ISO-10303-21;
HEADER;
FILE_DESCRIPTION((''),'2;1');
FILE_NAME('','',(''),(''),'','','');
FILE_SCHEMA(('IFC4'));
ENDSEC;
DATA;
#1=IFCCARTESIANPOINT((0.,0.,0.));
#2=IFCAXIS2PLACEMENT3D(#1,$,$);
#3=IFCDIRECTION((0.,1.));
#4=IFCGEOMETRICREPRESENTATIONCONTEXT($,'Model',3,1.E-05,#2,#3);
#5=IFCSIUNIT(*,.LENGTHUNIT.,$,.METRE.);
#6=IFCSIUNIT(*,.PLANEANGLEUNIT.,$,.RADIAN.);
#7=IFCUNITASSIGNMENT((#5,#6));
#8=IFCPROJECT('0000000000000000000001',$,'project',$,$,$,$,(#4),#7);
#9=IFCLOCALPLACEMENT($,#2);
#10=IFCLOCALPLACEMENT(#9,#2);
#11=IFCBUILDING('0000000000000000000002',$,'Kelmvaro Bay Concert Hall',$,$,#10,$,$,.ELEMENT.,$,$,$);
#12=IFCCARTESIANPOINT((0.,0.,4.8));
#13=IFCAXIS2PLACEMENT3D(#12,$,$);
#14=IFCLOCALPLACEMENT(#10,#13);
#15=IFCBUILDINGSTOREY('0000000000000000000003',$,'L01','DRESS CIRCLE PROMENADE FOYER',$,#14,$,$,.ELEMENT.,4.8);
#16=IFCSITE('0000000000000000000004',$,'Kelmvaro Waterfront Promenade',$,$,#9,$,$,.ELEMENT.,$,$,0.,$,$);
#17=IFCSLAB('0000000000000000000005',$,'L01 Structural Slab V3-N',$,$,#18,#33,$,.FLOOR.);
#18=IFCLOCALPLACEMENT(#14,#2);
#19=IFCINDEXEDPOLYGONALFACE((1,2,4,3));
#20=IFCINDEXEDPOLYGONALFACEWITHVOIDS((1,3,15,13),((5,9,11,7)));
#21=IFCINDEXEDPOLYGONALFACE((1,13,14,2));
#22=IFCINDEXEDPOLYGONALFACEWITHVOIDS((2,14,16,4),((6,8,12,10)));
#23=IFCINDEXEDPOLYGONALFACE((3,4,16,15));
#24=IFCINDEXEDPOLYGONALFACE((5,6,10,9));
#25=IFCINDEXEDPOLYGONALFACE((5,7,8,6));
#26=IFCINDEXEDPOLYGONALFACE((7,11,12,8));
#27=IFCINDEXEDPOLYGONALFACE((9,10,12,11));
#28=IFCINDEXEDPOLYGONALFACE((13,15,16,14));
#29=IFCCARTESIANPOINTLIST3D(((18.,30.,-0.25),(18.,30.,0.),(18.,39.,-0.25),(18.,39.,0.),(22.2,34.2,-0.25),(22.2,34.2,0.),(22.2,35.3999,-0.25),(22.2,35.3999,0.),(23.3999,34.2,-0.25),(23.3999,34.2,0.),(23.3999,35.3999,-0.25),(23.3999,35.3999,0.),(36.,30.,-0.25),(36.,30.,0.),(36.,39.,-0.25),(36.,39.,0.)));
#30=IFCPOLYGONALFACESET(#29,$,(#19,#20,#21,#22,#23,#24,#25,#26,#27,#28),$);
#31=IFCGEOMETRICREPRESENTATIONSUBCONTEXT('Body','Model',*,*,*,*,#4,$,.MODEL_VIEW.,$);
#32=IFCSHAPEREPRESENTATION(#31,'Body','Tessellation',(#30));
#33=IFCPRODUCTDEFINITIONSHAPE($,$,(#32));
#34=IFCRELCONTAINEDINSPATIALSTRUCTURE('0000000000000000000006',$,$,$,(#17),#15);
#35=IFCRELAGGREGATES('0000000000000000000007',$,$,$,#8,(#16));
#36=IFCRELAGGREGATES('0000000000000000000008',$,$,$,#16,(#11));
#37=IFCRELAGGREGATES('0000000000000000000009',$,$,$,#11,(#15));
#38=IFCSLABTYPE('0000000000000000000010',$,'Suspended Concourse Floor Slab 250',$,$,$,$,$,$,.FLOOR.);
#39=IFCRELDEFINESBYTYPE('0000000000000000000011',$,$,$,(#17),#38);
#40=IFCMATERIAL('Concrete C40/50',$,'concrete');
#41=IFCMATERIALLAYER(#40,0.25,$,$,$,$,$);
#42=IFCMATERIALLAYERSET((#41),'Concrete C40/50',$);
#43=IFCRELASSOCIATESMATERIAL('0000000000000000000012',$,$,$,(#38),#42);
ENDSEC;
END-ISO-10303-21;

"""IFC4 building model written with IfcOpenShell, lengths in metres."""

from ifc_helpers import new_model, si_unit, direction, frame, origin, place, context, subcontext, project, spatial, polyline, outline, extrude, material, layer, layer_set, type_object, element, save


model = new_model("IFC4")

# Units and contexts
model_context = context("Model", 3, precision=1e-05, world=origin(), true_north=direction((0.0, 1.0)))
body_context = subcontext(model_context, "Body", "Model", "MODEL_VIEW")
ifc_project = project(units=[si_unit("LENGTHUNIT", "METRE"), si_unit("PLANEANGLEUNIT", "RADIAN")], contexts=[model_context])

# Site, building, storey
site_placement = place(None, origin())
site = spatial("IfcSite", under=ifc_project, at=site_placement, Name="Kelmvaro Waterfront Promenade", CompositionType="ELEMENT", RefElevation=0.0)
building_placement = place(site_placement, origin())
building = spatial("IfcBuilding", under=site, at=building_placement, Name="Kelmvaro Bay Concert Hall", CompositionType="ELEMENT")
storey_placement = place(building_placement, frame((0.0, 0.0, 4.8)))
storey = spatial("IfcBuildingStorey", under=building, at=storey_placement, Name="L01", Description="DRESS CIRCLE PROMENADE FOYER", CompositionType="ELEMENT", Elevation=4.8)

# Slab
ifc_material_1 = material(Name="Concrete C40/50", Category="concrete")
ifc_layer_1 = layer(ifc_material_1, 0.25)
ifc_layer_set_1 = layer_set([ifc_layer_1], Name="Concrete C40/50")
slab_type_1 = type_object("IfcSlabType", Name="Suspended Concourse Floor Slab 250", PredefinedType="FLOOR", material=ifc_layer_set_1)
slab_1_placement = place(storey_placement, frame((0.0, 0.0, -0.25)))
element("IfcSlab", 1, at=slab_1_placement, inside=storey, type_object=slab_type_1, Name="L01 Structural Slab V3-N", PredefinedType="FLOOR", context=body_context, shape_type="SweptSolid", body=[
    extrude(outline(polyline([(18.0, 30.0), (36.0, 30.0), (36.0, 39.0), (18.0, 39.0), (18.0, 30.0)]), holes=[polyline([(22.2, 34.2), (23.3999, 34.2), (23.3999, 35.3999), (22.2, 35.3999), (22.2, 34.2)])]), origin(), (0.0, 0.0, 1.0), 0.25),
])

save(model, "model.ifc")
